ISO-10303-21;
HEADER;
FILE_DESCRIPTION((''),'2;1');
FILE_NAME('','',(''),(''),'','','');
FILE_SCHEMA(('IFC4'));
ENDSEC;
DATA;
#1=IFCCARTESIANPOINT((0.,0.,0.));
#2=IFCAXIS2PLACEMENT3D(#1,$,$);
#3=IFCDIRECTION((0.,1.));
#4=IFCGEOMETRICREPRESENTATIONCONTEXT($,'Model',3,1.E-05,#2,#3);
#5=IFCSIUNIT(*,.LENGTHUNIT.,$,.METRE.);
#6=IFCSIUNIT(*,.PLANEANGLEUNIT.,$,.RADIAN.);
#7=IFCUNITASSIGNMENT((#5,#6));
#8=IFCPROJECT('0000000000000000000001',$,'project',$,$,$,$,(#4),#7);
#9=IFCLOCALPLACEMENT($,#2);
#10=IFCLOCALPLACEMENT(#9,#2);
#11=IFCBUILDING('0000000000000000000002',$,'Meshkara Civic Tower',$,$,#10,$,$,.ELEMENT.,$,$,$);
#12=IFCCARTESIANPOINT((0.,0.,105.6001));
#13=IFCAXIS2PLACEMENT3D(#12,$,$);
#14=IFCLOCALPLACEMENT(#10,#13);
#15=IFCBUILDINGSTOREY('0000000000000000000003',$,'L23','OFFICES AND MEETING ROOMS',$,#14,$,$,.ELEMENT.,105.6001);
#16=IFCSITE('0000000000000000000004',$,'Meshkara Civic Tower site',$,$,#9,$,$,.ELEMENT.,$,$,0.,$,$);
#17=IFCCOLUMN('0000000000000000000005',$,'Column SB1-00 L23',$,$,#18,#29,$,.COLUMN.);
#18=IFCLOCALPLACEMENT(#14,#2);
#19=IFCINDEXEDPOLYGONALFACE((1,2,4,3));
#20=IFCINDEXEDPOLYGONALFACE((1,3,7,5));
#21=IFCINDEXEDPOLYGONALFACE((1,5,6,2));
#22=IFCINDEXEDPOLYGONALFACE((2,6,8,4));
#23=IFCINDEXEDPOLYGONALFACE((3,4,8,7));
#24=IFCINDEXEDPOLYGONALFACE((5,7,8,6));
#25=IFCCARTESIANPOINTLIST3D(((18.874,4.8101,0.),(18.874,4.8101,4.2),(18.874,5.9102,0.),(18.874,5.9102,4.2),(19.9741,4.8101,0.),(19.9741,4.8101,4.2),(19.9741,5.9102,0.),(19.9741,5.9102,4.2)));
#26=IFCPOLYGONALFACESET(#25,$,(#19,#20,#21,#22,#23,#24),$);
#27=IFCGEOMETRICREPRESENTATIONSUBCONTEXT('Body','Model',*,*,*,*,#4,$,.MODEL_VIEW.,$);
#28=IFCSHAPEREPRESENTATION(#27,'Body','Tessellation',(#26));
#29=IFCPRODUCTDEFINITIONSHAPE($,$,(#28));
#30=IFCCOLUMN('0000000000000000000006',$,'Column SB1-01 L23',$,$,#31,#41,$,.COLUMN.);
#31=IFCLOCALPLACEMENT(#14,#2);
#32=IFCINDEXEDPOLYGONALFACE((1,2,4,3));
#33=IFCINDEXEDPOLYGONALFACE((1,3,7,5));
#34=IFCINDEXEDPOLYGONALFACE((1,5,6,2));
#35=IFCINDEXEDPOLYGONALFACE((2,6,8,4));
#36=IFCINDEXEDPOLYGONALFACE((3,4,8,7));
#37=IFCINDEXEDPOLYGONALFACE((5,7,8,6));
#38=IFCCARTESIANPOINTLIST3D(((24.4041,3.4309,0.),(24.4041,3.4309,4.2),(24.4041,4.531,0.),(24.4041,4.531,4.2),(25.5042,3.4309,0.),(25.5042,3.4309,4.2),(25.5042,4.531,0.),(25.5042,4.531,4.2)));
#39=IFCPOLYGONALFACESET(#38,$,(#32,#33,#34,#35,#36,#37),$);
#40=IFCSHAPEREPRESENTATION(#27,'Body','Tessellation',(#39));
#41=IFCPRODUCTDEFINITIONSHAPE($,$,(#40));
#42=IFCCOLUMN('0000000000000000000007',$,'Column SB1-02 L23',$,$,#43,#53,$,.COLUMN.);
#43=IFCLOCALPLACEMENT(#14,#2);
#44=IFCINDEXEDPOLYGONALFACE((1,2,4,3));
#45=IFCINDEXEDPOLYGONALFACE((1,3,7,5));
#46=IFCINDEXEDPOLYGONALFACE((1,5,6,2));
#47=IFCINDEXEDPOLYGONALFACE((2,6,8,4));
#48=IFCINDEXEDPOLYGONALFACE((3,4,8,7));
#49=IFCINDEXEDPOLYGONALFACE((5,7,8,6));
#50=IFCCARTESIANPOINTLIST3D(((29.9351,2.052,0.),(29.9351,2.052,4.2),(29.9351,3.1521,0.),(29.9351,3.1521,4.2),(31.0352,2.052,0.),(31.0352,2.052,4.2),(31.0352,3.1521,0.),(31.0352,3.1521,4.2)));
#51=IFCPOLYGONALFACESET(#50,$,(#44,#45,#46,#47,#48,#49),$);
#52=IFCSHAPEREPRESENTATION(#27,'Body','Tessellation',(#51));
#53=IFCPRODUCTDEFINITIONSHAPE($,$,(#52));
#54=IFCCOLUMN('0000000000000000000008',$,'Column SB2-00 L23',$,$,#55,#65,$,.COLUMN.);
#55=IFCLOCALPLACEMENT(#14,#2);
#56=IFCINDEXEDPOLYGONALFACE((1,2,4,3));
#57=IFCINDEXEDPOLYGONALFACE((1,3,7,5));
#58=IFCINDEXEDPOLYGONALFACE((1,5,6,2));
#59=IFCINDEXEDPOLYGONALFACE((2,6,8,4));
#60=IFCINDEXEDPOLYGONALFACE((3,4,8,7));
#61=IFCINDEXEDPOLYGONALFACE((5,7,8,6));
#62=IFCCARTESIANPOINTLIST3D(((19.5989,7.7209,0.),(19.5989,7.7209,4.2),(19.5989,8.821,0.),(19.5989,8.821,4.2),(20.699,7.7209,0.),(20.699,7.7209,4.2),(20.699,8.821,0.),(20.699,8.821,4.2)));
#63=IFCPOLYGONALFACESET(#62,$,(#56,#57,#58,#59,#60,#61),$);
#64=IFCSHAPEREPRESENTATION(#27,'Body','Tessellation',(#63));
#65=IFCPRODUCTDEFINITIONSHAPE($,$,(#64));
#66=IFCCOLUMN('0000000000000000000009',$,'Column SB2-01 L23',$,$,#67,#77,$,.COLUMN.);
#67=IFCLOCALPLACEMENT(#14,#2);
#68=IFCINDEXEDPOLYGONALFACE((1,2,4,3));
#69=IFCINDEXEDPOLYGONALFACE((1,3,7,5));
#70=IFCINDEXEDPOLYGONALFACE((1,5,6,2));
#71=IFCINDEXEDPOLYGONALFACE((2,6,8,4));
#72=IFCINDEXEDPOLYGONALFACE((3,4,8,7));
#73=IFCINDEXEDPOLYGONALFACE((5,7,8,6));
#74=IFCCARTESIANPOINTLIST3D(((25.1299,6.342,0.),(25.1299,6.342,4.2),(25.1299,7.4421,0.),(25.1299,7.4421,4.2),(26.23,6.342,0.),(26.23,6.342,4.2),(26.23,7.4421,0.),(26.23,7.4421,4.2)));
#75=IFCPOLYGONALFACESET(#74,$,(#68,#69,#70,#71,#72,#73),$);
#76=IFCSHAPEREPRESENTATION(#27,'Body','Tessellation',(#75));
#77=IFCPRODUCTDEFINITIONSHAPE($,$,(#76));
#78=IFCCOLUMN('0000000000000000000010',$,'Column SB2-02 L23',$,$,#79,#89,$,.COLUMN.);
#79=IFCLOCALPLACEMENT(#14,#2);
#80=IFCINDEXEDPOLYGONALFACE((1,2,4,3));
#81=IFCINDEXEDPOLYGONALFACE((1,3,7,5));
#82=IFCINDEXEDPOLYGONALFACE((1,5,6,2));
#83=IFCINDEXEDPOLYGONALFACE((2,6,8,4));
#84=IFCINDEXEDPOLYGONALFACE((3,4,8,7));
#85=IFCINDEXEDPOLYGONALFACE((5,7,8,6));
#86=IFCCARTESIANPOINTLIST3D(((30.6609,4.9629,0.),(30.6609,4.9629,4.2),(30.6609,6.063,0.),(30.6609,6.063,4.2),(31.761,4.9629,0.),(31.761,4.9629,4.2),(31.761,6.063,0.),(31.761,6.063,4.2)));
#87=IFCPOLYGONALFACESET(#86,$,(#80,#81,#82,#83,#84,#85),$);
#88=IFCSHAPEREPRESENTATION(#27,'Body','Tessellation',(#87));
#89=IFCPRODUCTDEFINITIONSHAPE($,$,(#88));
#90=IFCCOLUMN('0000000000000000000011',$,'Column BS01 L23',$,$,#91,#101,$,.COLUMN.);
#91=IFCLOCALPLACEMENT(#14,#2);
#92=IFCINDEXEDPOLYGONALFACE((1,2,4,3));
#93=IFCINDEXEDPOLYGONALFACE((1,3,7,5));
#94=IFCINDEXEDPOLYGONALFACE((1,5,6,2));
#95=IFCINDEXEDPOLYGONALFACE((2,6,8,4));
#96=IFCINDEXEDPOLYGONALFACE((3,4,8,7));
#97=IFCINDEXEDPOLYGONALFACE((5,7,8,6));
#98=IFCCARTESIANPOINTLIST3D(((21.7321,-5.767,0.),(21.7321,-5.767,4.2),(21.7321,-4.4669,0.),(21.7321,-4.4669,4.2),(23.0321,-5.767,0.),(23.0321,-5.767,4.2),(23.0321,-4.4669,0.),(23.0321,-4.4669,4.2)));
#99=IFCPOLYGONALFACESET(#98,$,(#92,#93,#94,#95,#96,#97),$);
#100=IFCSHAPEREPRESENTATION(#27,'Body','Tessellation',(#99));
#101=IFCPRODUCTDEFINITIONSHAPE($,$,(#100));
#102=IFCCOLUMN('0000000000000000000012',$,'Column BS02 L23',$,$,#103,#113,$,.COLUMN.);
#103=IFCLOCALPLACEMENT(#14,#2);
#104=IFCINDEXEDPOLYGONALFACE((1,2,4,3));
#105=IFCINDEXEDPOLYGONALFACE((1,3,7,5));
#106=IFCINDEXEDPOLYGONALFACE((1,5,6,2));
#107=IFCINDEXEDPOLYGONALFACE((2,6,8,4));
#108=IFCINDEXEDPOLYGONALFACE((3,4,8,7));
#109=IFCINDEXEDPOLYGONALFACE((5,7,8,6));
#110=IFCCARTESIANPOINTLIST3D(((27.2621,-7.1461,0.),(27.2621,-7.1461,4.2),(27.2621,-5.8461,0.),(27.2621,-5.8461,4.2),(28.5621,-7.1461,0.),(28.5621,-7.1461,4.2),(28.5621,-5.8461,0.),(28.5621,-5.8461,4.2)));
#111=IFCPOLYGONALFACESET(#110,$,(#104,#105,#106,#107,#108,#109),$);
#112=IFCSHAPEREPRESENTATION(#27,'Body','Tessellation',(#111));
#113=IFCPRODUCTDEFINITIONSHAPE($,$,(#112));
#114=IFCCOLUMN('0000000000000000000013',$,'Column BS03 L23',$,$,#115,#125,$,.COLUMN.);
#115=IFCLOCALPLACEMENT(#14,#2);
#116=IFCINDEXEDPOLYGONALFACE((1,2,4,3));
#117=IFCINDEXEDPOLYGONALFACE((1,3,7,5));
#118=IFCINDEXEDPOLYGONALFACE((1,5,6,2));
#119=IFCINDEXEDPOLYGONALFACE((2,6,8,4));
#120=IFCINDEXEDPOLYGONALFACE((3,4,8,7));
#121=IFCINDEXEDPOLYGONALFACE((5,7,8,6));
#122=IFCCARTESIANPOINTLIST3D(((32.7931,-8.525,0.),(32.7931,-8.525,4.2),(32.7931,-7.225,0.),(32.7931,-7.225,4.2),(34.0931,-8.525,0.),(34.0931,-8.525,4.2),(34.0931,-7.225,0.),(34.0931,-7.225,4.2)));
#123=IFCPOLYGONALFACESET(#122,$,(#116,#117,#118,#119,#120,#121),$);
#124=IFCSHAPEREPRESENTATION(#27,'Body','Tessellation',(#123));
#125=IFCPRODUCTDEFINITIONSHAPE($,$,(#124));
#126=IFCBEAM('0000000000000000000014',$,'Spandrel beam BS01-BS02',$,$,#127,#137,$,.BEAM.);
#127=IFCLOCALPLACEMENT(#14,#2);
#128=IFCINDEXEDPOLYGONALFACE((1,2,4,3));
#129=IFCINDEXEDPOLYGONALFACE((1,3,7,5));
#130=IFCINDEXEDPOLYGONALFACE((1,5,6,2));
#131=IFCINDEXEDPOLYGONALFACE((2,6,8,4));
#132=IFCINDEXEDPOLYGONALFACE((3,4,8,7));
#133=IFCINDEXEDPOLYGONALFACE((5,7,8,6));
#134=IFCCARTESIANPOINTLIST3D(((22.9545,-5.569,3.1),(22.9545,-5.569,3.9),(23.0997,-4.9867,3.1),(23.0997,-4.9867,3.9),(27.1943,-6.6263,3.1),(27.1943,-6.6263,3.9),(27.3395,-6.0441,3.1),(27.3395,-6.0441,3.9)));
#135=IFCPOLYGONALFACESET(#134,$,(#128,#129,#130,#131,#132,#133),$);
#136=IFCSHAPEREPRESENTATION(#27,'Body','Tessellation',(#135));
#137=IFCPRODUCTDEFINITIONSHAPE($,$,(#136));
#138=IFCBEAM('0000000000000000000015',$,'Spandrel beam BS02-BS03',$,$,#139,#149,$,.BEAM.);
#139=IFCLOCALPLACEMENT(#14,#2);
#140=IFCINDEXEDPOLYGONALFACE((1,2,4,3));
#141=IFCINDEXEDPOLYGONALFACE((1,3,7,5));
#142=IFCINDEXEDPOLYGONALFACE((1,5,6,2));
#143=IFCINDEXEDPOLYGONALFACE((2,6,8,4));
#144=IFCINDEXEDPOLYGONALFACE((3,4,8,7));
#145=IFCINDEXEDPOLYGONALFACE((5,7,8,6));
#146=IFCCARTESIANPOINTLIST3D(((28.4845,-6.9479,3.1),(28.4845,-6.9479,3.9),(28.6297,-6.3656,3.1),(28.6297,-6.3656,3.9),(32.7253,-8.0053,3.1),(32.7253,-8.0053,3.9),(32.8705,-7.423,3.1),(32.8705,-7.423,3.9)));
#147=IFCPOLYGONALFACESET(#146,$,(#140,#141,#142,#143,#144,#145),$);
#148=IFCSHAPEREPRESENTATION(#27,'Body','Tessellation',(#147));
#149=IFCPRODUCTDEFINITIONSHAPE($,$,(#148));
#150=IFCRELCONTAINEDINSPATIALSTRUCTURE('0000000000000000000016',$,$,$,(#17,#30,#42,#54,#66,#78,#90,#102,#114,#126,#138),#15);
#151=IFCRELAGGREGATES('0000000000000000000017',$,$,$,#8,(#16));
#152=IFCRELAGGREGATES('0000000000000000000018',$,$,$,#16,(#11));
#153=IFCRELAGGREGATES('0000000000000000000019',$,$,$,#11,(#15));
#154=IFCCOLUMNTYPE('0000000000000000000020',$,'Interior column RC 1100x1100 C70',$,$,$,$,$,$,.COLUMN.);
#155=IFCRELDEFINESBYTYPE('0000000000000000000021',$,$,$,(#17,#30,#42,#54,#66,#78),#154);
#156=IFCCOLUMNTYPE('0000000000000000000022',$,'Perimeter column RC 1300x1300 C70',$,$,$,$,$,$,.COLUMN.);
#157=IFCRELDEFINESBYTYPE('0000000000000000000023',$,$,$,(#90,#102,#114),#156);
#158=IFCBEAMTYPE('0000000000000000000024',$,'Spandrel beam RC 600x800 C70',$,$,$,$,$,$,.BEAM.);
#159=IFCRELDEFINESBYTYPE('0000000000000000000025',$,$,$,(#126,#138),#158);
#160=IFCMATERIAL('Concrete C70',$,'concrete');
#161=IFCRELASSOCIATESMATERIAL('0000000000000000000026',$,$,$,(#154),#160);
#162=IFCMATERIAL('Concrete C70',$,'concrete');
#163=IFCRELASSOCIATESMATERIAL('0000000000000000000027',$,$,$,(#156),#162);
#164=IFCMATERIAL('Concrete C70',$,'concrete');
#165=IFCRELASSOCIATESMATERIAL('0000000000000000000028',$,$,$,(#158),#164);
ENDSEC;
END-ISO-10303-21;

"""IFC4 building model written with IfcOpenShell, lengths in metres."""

from ifc_helpers import new_model, si_unit, direction, frame, origin, origin_2d, place, context, subcontext, project, spatial, rectangle, extrude, material, material_profile, profile_set, type_object, element, save


model = new_model("IFC4")

# Units and contexts
model_context = context("Model", 3, precision=1e-05, world=origin(), true_north=direction((0.0, 1.0)))
body_context = subcontext(model_context, "Body", "Model", "MODEL_VIEW")
ifc_project = project(units=[si_unit("LENGTHUNIT", "METRE"), si_unit("PLANEANGLEUNIT", "RADIAN")], contexts=[model_context])

# Site, building, storey
site_placement = place(None, origin())
site = spatial("IfcSite", under=ifc_project, at=site_placement, Name="Meshkara Civic Tower site", CompositionType="ELEMENT", RefElevation=0.0)
building_placement = place(site_placement, origin())
building = spatial("IfcBuilding", under=site, at=building_placement, Name="Meshkara Civic Tower", CompositionType="ELEMENT")
storey_placement = place(building_placement, frame((0.0, 0.0, 105.6001)))
storey = spatial("IfcBuildingStorey", under=building, at=storey_placement, Name="L23", Description="OFFICES AND MEETING ROOMS", CompositionType="ELEMENT", Elevation=105.6001)

# Columns
ifc_material_1 = material(Name="Concrete C70", Category="concrete")
ifc_material_profile_1 = material_profile(ifc_material_1, rectangle(XDim=1.1001, YDim=1.1001, at=origin_2d()))
ifc_profile_set_1 = profile_set([ifc_material_profile_1], Name="Concrete C70")
column_type_1 = type_object("IfcColumnType", Name="Interior column RC 1100x1100 C70", PredefinedType="COLUMN", material=ifc_profile_set_1)
for number, where, z_axis, x_axis, name in (
    (1, (19.4241, 5.3601, 0.0), (0.0, 0.0, 1.0), (1.0, 0.0, 0.0), "Column SB1-00 L23"),
    (2, (24.9541, 3.981, 0.0), (0.0, 0.0, 1.0), (1.0, 0.0, 0.0), "Column SB1-01 L23"),
    (3, (30.4851, 2.6021, 0.0), (0.0, 0.0, 1.0), (1.0, 0.0, 0.0), "Column SB1-02 L23"),
    (4, (20.1489, 8.271, 0.0), (0.0, 0.0, 1.0), (1.0, 0.0, 0.0), "Column SB2-00 L23"),
    (5, (25.6799, 6.8921, 0.0), (0.0, 0.0, 1.0), (1.0, 0.0, 0.0), "Column SB2-01 L23"),
    (6, (31.2109, 5.5129, 0.0), (0.0, 0.0, 1.0), (1.0, 0.0, 0.0), "Column SB2-02 L23"),
):
    element("IfcColumn", number, at=place(storey_placement, frame(where, z_axis=z_axis, x_axis=x_axis)), inside=storey, type_object=column_type_1, Name=name, PredefinedType="COLUMN", context=body_context, shape_type="SweptSolid", body=[
        extrude(rectangle(XDim=1.1001, YDim=1.1001, at=origin_2d()), origin(), (0.0, 0.0, 1.0), 4.2),
    ])
ifc_material_2 = material(Name="Concrete C70", Category="concrete")
ifc_material_profile_2 = material_profile(ifc_material_2, rectangle(XDim=1.3, YDim=1.3, at=origin_2d()))
ifc_profile_set_2 = profile_set([ifc_material_profile_2], Name="Concrete C70")
column_type_2 = type_object("IfcColumnType", Name="Perimeter column RC 1300x1300 C70", PredefinedType="COLUMN", material=ifc_profile_set_2)
for number, where, z_axis, x_axis, name in (
    (7, (22.3821, -5.1169, 0.0), (0.0, 0.0, 1.0), (1.0, 0.0, 0.0), "Column BS01 L23"),
    (8, (27.9121, -6.4961, 0.0), (0.0, 0.0, 1.0), (1.0, 0.0, 0.0), "Column BS02 L23"),
    (9, (33.4431, -7.875, 0.0), (0.0, 0.0, 1.0), (1.0, 0.0, 0.0), "Column BS03 L23"),
):
    element("IfcColumn", number, at=place(storey_placement, frame(where, z_axis=z_axis, x_axis=x_axis)), inside=storey, type_object=column_type_2, Name=name, PredefinedType="COLUMN", context=body_context, shape_type="SweptSolid", body=[
        extrude(rectangle(XDim=1.3, YDim=1.3, at=origin_2d()), origin(), (0.0, 0.0, 1.0), 4.2),
    ])

# Beams
ifc_material_3 = material(Name="Concrete C70", Category="concrete")
ifc_material_profile_3 = material_profile(ifc_material_3, rectangle(XDim=0.6001, YDim=0.8, at=origin_2d()))
ifc_profile_set_3 = profile_set([ifc_material_profile_3], Name="Concrete C70")
beam_type = type_object("IfcBeamType", Name="Spandrel beam RC 600x800 C70", PredefinedType="BEAM", material=ifc_profile_set_3)
beam_1_placement = place(storey_placement, frame((23.0271, -5.2778, 3.5), z_axis=(0.97028, -0.241983, 0.0), x_axis=(0.241983, 0.97028, 0.0)))
element("IfcBeam", 10, at=beam_1_placement, inside=storey, type_object=beam_type, Name="Spandrel beam BS01-BS02", PredefinedType="BEAM", context=body_context, shape_type="SweptSolid", body=[
    extrude(rectangle(XDim=0.6001, YDim=0.8, at=origin_2d()), origin(), (0.0, 0.0, 1.0), 4.3696),
])
beam_2_placement = place(storey_placement, frame((28.5571, -6.6567, 3.5), z_axis=(0.970293, -0.241931, 0.0), x_axis=(0.241931, 0.970293, 0.0)))
element("IfcBeam", 11, at=beam_2_placement, inside=storey, type_object=beam_type, Name="Spandrel beam BS02-BS03", PredefinedType="BEAM", context=body_context, shape_type="SweptSolid", body=[
    extrude(rectangle(XDim=0.6001, YDim=0.8, at=origin_2d()), origin(), (0.0, 0.0, 1.0), 4.3706),
])

save(model, "model.ifc")
